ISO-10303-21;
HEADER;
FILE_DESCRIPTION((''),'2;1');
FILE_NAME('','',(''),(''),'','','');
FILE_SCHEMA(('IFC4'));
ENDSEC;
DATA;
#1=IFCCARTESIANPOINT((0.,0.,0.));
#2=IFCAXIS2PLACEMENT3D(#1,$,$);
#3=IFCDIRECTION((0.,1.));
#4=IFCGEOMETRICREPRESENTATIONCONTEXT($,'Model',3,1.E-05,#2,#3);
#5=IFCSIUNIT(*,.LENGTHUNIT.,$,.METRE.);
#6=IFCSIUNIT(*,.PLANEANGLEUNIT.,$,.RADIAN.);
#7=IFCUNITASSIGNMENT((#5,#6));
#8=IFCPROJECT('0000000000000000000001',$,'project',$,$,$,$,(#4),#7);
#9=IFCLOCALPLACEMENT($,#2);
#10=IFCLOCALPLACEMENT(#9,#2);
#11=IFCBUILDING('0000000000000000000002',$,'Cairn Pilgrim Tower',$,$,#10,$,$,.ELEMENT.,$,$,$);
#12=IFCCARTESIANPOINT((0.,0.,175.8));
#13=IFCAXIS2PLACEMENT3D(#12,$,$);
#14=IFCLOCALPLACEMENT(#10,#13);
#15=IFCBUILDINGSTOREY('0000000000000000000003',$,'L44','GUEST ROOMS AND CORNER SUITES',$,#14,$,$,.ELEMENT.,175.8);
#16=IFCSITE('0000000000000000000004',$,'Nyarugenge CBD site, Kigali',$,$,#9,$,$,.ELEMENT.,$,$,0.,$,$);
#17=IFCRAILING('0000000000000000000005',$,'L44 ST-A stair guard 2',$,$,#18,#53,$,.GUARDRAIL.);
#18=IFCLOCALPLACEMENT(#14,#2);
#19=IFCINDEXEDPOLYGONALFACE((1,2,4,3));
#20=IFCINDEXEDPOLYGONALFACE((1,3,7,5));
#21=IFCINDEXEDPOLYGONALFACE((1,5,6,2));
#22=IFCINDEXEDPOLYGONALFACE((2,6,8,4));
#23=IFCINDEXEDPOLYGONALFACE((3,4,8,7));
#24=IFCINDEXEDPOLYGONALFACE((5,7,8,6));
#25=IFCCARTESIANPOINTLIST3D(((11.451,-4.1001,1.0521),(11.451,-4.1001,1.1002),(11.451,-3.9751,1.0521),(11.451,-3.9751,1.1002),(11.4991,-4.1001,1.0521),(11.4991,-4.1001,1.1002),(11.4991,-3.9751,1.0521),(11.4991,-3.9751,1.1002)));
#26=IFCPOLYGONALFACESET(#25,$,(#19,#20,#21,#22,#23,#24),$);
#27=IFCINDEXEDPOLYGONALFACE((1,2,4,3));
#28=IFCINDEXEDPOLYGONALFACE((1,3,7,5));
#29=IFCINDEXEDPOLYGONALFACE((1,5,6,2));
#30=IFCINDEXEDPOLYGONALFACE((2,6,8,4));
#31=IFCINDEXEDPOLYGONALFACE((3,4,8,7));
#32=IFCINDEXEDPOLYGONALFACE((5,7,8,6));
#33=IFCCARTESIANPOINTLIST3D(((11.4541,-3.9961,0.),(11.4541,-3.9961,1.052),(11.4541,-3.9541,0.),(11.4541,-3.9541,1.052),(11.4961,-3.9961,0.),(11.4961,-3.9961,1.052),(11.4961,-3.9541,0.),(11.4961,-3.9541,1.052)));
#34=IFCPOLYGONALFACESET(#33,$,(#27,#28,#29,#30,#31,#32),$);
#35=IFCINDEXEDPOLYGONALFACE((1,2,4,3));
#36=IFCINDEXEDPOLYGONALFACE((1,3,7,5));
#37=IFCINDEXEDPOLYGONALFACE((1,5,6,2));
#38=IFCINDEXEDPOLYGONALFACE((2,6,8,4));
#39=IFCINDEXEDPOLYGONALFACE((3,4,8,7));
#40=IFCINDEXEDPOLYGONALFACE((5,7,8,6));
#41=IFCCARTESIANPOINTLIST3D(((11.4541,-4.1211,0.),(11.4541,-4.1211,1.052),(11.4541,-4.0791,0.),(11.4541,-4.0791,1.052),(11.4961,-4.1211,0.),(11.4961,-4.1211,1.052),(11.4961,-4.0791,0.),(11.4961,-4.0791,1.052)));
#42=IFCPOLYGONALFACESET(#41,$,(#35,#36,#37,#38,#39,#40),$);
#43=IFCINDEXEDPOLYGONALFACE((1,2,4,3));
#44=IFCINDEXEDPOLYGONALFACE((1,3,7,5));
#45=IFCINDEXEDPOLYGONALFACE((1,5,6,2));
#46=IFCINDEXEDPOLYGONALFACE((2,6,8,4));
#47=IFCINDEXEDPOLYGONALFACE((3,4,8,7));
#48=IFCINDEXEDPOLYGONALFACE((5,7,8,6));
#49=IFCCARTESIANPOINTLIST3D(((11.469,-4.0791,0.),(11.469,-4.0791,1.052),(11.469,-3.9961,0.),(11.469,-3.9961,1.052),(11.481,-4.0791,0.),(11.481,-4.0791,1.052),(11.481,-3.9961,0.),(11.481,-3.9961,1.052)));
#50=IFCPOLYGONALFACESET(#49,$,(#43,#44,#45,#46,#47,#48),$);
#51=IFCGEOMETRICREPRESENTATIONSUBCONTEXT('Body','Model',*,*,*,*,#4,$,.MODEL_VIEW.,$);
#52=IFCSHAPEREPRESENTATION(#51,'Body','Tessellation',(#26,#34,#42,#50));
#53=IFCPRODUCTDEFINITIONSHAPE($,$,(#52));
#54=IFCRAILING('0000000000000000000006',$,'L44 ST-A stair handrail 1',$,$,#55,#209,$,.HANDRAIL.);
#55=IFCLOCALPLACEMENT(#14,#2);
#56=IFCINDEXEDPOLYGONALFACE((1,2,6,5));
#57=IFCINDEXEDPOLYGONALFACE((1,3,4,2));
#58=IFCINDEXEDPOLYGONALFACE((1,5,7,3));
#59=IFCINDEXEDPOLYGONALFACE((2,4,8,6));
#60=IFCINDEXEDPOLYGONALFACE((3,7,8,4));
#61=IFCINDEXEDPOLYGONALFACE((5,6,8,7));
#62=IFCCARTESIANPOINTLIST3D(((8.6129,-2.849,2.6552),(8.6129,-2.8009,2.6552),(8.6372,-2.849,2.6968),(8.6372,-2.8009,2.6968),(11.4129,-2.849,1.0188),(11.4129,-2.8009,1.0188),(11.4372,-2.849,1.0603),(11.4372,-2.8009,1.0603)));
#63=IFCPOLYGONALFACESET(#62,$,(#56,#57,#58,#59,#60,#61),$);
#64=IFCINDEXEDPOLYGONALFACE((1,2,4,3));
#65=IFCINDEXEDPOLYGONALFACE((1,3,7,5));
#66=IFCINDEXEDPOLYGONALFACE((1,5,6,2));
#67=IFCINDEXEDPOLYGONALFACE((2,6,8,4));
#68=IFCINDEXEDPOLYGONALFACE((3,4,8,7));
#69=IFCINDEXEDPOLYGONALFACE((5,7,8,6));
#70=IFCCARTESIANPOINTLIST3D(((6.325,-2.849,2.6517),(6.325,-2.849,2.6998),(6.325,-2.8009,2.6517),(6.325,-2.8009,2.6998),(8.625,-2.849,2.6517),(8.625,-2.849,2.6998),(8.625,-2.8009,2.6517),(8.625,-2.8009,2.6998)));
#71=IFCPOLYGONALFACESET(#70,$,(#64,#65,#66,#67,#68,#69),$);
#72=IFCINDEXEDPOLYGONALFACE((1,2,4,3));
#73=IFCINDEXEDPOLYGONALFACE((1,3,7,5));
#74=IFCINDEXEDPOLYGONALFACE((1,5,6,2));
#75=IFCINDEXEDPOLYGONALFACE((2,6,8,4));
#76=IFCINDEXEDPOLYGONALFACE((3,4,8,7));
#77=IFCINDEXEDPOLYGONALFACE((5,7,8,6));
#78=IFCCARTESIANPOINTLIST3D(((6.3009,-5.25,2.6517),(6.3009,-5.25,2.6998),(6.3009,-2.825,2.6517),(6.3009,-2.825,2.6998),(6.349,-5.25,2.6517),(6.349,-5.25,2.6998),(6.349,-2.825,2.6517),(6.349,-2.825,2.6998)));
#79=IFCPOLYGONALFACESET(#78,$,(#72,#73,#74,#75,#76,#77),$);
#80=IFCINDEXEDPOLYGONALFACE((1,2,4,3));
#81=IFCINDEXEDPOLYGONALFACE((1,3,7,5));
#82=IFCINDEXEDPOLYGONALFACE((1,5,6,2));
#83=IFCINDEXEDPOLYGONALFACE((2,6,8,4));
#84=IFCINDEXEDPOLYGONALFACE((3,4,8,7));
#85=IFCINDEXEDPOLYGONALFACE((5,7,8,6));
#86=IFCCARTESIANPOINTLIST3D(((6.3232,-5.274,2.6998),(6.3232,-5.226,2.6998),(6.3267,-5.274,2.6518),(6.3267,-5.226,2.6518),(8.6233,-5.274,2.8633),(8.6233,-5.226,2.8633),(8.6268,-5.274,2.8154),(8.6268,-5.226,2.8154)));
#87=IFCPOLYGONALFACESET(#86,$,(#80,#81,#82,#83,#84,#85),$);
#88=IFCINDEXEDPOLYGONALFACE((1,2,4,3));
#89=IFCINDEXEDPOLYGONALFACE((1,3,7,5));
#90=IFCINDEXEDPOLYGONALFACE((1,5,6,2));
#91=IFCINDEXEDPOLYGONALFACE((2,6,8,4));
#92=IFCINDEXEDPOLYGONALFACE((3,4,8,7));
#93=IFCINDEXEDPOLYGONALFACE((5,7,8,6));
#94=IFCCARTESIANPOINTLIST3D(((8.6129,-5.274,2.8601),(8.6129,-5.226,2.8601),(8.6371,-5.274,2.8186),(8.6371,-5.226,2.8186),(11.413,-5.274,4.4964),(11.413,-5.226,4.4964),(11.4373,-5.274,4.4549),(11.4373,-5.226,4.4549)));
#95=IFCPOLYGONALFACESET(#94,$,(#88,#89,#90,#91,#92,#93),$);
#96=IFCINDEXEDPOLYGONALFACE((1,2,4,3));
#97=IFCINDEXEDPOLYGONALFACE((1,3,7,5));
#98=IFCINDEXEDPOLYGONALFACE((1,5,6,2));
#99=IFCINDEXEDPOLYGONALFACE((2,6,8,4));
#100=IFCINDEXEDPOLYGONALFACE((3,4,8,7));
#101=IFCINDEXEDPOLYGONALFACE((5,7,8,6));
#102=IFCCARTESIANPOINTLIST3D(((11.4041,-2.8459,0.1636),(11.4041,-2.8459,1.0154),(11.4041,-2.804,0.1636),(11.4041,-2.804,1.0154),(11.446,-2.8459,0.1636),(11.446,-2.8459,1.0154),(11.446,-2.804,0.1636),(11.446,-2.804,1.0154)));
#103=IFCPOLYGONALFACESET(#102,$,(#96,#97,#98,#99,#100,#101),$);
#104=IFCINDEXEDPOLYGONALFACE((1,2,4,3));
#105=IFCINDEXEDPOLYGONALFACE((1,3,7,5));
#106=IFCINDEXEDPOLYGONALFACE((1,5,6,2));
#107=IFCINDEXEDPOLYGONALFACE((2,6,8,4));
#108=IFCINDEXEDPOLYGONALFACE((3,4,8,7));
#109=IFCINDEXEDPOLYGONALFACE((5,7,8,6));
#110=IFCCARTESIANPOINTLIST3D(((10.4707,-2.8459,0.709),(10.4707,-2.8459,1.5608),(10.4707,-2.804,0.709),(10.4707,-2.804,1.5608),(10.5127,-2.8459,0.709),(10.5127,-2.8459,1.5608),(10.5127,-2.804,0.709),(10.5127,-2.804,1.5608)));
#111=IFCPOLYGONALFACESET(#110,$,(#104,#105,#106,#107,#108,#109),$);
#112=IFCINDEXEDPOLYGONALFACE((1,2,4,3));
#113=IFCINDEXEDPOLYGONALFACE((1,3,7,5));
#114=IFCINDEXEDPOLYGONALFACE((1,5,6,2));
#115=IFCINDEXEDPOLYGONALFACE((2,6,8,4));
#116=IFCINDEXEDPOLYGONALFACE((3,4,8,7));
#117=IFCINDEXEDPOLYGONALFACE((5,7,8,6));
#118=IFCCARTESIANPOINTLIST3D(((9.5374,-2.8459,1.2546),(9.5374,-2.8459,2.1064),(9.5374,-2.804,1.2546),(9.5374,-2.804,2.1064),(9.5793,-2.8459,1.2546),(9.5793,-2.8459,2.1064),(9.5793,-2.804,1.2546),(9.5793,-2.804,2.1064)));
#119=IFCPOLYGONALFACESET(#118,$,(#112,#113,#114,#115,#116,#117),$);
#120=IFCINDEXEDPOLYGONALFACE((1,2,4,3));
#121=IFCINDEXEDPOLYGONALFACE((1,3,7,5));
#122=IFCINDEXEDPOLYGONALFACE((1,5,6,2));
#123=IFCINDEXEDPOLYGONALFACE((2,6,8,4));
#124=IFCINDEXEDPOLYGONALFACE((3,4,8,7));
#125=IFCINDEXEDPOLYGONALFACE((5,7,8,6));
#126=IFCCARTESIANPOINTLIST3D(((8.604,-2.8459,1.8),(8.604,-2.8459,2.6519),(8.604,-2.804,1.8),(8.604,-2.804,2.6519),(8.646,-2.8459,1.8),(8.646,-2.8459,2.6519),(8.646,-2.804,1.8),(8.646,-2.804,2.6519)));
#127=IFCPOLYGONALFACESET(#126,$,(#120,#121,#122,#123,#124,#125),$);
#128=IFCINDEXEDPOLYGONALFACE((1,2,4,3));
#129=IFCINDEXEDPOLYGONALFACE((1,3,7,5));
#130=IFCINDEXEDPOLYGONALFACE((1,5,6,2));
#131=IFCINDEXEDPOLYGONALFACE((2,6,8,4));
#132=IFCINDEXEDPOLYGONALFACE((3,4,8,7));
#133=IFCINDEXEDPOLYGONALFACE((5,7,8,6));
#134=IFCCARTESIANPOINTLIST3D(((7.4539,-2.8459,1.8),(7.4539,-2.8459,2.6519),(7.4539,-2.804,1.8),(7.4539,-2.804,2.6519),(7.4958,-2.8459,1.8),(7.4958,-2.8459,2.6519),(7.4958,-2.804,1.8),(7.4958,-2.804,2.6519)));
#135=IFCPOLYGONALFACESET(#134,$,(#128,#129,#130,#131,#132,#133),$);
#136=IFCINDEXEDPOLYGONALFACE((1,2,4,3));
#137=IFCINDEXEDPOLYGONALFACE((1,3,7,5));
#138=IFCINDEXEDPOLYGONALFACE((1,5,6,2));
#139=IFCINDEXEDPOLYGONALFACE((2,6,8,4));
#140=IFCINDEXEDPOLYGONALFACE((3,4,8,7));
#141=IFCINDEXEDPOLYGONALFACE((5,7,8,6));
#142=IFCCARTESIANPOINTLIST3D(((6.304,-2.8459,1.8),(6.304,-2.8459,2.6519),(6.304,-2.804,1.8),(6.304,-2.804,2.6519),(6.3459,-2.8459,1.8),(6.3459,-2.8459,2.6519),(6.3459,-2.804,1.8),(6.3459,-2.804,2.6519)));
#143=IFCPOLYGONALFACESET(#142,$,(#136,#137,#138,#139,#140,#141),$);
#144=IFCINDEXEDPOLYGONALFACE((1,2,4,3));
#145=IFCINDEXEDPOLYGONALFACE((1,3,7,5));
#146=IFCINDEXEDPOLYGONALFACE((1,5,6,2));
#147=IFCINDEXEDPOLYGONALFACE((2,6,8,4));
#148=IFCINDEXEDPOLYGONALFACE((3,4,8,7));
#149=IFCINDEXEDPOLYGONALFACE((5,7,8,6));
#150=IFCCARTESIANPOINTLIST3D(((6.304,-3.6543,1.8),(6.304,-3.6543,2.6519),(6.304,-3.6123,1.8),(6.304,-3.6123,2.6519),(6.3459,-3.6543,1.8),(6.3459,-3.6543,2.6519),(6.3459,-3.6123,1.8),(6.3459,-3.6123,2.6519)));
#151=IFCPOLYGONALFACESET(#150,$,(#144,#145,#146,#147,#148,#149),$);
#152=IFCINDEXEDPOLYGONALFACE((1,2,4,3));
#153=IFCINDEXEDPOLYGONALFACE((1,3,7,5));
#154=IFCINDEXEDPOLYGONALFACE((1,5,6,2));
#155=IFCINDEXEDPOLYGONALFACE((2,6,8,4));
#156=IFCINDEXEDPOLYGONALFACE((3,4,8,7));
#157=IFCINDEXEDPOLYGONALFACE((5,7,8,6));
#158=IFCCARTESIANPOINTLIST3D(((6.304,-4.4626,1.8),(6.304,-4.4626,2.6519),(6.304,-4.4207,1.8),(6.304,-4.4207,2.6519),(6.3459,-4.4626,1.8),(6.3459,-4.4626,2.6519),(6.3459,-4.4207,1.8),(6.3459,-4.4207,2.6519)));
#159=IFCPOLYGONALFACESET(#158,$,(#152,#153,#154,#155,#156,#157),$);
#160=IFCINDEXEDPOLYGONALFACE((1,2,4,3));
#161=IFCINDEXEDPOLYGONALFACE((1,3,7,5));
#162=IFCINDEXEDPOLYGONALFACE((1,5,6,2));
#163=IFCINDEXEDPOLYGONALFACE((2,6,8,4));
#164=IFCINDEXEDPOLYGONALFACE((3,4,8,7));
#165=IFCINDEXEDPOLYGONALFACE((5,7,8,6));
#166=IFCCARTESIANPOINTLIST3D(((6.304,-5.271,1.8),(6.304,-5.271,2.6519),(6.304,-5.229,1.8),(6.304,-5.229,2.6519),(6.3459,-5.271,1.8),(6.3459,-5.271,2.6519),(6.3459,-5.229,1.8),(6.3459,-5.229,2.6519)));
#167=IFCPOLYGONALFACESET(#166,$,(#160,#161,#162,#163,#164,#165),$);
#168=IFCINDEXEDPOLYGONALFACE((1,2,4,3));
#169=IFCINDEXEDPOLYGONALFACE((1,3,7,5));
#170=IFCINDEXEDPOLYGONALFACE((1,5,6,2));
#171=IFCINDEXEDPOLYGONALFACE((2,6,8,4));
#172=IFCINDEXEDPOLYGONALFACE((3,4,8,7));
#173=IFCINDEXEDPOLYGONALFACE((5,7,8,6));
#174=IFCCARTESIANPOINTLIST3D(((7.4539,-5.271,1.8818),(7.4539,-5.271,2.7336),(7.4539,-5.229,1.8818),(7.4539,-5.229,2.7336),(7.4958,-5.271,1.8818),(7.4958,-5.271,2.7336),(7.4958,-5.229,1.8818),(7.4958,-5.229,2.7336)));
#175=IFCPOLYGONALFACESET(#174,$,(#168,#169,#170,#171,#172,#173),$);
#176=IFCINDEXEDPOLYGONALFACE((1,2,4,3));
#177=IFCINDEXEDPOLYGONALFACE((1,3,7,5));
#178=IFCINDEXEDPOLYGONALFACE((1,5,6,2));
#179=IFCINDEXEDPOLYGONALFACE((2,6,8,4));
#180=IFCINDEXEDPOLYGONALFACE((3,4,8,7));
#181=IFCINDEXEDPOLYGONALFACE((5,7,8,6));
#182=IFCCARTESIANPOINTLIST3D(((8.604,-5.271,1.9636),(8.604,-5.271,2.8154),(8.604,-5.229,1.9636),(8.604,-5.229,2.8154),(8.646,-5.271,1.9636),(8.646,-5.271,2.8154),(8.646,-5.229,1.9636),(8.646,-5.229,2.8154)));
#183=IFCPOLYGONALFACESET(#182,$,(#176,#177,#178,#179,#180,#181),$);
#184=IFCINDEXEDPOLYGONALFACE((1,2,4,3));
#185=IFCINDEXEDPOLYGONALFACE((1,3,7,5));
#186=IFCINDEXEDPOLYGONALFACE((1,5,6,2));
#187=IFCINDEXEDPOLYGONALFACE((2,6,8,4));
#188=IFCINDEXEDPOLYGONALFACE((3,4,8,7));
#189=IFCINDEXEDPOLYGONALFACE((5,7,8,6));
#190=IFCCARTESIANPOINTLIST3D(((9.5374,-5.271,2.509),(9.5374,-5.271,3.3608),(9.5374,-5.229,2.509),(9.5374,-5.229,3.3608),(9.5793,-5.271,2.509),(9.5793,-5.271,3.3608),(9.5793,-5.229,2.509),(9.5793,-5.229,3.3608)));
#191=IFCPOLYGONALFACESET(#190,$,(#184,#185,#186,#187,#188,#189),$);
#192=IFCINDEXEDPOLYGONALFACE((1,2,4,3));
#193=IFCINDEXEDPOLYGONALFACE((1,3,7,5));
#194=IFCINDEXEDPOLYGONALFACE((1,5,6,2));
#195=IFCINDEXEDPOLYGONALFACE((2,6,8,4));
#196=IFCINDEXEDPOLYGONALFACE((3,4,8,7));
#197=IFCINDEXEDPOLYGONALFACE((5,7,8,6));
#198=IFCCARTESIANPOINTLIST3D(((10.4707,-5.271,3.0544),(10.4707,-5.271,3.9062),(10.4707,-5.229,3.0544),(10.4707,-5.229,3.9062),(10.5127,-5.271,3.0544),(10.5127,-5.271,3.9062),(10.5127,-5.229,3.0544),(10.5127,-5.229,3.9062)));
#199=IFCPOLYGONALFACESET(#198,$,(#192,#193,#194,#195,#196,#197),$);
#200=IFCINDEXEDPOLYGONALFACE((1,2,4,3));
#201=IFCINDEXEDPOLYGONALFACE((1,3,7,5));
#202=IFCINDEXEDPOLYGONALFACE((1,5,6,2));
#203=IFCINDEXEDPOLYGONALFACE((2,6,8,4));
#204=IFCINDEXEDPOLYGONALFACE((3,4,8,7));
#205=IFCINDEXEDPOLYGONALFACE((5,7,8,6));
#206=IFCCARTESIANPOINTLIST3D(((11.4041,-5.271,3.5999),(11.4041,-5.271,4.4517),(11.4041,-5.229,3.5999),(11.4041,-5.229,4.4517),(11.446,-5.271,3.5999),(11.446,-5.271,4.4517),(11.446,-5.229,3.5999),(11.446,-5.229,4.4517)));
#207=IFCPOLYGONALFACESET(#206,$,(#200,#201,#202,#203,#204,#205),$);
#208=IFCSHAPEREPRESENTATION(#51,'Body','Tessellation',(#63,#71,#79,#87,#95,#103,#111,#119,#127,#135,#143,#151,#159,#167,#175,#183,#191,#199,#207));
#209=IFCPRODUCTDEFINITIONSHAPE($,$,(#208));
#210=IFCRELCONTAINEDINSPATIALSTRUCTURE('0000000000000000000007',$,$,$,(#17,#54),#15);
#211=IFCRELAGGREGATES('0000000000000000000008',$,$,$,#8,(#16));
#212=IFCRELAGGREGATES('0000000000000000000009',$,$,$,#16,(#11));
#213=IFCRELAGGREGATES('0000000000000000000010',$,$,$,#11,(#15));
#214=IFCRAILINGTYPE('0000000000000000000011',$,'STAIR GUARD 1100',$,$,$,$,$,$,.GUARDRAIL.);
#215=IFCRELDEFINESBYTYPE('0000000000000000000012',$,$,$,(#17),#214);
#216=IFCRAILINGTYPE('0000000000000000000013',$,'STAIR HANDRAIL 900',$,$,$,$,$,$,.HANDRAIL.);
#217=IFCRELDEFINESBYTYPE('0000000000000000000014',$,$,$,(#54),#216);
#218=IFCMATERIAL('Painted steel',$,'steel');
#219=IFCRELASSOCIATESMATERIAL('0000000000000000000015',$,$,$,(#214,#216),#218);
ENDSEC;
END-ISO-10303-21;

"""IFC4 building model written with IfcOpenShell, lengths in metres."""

from ifc_helpers import new_model, si_unit, direction, frame, origin, origin_2d, place, context, subcontext, project, spatial, polyline, rectangle, outline, extrude, material, type_object, element, save


model = new_model("IFC4")

# Units and contexts
model_context = context("Model", 3, precision=1e-05, world=origin(), true_north=direction((0.0, 1.0)))
body_context = subcontext(model_context, "Body", "Model", "MODEL_VIEW")
ifc_project = project(units=[si_unit("LENGTHUNIT", "METRE"), si_unit("PLANEANGLEUNIT", "RADIAN")], contexts=[model_context])

# Site, building, storey
site_placement = place(None, origin())
site = spatial("IfcSite", under=ifc_project, at=site_placement, Name="Nyarugenge CBD site, Kigali", CompositionType="ELEMENT", RefElevation=0.0)
building_placement = place(site_placement, origin())
building = spatial("IfcBuilding", under=site, at=building_placement, Name="Cairn Pilgrim Tower", CompositionType="ELEMENT")
storey_placement = place(building_placement, frame((0.0, 0.0, 175.8)))
storey = spatial("IfcBuildingStorey", under=building, at=storey_placement, Name="L44", Description="GUEST ROOMS AND CORNER SUITES", CompositionType="ELEMENT", Elevation=175.8)

# Railings
ifc_material_1 = material(Name="Painted steel", Category="steel")
railing_type_1 = type_object("IfcRailingType", Name="STAIR GUARD 1100", PredefinedType="GUARDRAIL", material=ifc_material_1)
railing_1_placement = place(storey_placement, frame((11.4751, -3.9751, 0.0)))
element("IfcRailing", 1, at=railing_1_placement, inside=storey, type_object=railing_type_1, Name="L44 ST-A stair guard 2", PredefinedType="GUARDRAIL", context=body_context, shape_type="SweptSolid", body=[
    extrude(rectangle(XDim=0.0481, YDim=0.0481, at=origin_2d()), frame((0.0, 0.0, 1.0762), z_axis=(0.0, -1.0, 0.0), x_axis=(1.0, 0.0, 0.0)), (0.0, 0.0, 1.0), 0.125),
    extrude(rectangle(XDim=0.042, YDim=0.042, at=origin_2d()), origin(), (0.0, 0.0, 1.0), 1.052),
    extrude(rectangle(XDim=0.042, YDim=0.042, at=origin_2d()), frame((0.0, -0.125, 0.0)), (0.0, 0.0, 1.0), 1.052),
    extrude(outline(polyline([(0.021, 0.0), (0.104, 0.0), (0.104, 1.052), (0.021, 1.052), (0.021, 0.0)])), frame((0.0059, 0.0, 0.0), z_axis=(-1.0, 0.0, 0.0), x_axis=(0.0, -1.0, 0.0)), (0.0, 0.0, 1.0), 0.012),
])
railing_type_2 = type_object("IfcRailingType", Name="STAIR HANDRAIL 900", PredefinedType="HANDRAIL", material=ifc_material_1)
railing_2_placement = place(storey_placement, frame((11.425, -2.825, 0.1636)))
element("IfcRailing", 2, at=railing_2_placement, inside=storey, type_object=railing_type_2, Name="L44 ST-A stair handrail 1", PredefinedType="HANDRAIL", context=body_context, shape_type="SweptSolid", body=[
    extrude(rectangle(XDim=0.0481, YDim=0.0481, at=origin_2d()), frame((0.0, 0.0, 0.876), z_axis=(-0.863361, 0.0, 0.504587), x_axis=(0.0, -1.0, 0.0)), (0.0, 0.0, 1.0), 3.2432),
    extrude(rectangle(XDim=0.0481, YDim=0.0481, at=origin_2d()), frame((-2.8, 0.0, 2.5122), z_axis=(-1.0, 0.0, 0.0), x_axis=(0.0, -1.0, 0.0)), (0.0, 0.0, 1.0), 2.3),
    extrude(rectangle(XDim=0.0481, YDim=0.0481, at=origin_2d()), frame((-5.1001, 0.0, 2.5122), z_axis=(0.0, -1.0, 0.0), x_axis=(1.0, 0.0, 0.0)), (0.0, 0.0, 1.0), 2.425),
    extrude(rectangle(XDim=0.0481, YDim=0.0481, at=origin_2d()), frame((-5.1001, -2.425, 2.5122), z_axis=(0.997481, 0.0, 0.070939), x_axis=(0.0, 1.0, 0.0)), (0.0, 0.0, 1.0), 2.3059),
    extrude(rectangle(XDim=0.0481, YDim=0.0481, at=origin_2d()), frame((-2.8, -2.425, 2.6758), z_axis=(0.863394, 0.0, 0.504531), x_axis=(0.0, 1.0, 0.0)), (0.0, 0.0, 1.0), 3.2432),
    extrude(rectangle(XDim=0.042, YDim=0.042, at=origin_2d()), origin(), (0.0, 0.0, 1.0), 0.8518),
    extrude(rectangle(XDim=0.042, YDim=0.042, at=origin_2d()), frame((-0.9333, 0.0, 0.5454)), (0.0, 0.0, 1.0), 0.8518),
    extrude(rectangle(XDim=0.042, YDim=0.042, at=origin_2d()), frame((-1.8667, 0.0, 1.0911)), (0.0, 0.0, 1.0), 0.8518),
    extrude(rectangle(XDim=0.042, YDim=0.042, at=origin_2d()), frame((-2.8, 0.0, 1.6365)), (0.0, 0.0, 1.0), 0.8518),
    extrude(rectangle(XDim=0.042, YDim=0.042, at=origin_2d()), frame((-3.9502, 0.0, 1.6365)), (0.0, 0.0, 1.0), 0.8518),
    extrude(rectangle(XDim=0.042, YDim=0.042, at=origin_2d()), frame((-5.1001, 0.0, 1.6365)), (0.0, 0.0, 1.0), 0.8518),
    extrude(rectangle(XDim=0.042, YDim=0.042, at=origin_2d()), frame((-5.1001, -0.8083, 1.6365)), (0.0, 0.0, 1.0), 0.8518),
    extrude(rectangle(XDim=0.042, YDim=0.042, at=origin_2d()), frame((-5.1001, -1.6167, 1.6365)), (0.0, 0.0, 1.0), 0.8518),
    extrude(rectangle(XDim=0.042, YDim=0.042, at=origin_2d()), frame((-5.1001, -2.425, 1.6365)), (0.0, 0.0, 1.0), 0.8518),
    extrude(rectangle(XDim=0.042, YDim=0.042, at=origin_2d()), frame((-3.9502, -2.425, 1.7183)), (0.0, 0.0, 1.0), 0.8518),
    extrude(rectangle(XDim=0.042, YDim=0.042, at=origin_2d()), frame((-2.8, -2.425, 1.8)), (0.0, 0.0, 1.0), 0.8518),
    extrude(rectangle(XDim=0.042, YDim=0.042, at=origin_2d()), frame((-1.8667, -2.425, 2.3455)), (0.0, 0.0, 1.0), 0.8518),
    extrude(rectangle(XDim=0.042, YDim=0.042, at=origin_2d()), frame((-0.9333, -2.425, 2.8909)), (0.0, 0.0, 1.0), 0.8518),
    extrude(rectangle(XDim=0.042, YDim=0.042, at=origin_2d()), frame((0.0, -2.425, 3.4363)), (0.0, 0.0, 1.0), 0.8518),
])

save(model, "model.ifc")
